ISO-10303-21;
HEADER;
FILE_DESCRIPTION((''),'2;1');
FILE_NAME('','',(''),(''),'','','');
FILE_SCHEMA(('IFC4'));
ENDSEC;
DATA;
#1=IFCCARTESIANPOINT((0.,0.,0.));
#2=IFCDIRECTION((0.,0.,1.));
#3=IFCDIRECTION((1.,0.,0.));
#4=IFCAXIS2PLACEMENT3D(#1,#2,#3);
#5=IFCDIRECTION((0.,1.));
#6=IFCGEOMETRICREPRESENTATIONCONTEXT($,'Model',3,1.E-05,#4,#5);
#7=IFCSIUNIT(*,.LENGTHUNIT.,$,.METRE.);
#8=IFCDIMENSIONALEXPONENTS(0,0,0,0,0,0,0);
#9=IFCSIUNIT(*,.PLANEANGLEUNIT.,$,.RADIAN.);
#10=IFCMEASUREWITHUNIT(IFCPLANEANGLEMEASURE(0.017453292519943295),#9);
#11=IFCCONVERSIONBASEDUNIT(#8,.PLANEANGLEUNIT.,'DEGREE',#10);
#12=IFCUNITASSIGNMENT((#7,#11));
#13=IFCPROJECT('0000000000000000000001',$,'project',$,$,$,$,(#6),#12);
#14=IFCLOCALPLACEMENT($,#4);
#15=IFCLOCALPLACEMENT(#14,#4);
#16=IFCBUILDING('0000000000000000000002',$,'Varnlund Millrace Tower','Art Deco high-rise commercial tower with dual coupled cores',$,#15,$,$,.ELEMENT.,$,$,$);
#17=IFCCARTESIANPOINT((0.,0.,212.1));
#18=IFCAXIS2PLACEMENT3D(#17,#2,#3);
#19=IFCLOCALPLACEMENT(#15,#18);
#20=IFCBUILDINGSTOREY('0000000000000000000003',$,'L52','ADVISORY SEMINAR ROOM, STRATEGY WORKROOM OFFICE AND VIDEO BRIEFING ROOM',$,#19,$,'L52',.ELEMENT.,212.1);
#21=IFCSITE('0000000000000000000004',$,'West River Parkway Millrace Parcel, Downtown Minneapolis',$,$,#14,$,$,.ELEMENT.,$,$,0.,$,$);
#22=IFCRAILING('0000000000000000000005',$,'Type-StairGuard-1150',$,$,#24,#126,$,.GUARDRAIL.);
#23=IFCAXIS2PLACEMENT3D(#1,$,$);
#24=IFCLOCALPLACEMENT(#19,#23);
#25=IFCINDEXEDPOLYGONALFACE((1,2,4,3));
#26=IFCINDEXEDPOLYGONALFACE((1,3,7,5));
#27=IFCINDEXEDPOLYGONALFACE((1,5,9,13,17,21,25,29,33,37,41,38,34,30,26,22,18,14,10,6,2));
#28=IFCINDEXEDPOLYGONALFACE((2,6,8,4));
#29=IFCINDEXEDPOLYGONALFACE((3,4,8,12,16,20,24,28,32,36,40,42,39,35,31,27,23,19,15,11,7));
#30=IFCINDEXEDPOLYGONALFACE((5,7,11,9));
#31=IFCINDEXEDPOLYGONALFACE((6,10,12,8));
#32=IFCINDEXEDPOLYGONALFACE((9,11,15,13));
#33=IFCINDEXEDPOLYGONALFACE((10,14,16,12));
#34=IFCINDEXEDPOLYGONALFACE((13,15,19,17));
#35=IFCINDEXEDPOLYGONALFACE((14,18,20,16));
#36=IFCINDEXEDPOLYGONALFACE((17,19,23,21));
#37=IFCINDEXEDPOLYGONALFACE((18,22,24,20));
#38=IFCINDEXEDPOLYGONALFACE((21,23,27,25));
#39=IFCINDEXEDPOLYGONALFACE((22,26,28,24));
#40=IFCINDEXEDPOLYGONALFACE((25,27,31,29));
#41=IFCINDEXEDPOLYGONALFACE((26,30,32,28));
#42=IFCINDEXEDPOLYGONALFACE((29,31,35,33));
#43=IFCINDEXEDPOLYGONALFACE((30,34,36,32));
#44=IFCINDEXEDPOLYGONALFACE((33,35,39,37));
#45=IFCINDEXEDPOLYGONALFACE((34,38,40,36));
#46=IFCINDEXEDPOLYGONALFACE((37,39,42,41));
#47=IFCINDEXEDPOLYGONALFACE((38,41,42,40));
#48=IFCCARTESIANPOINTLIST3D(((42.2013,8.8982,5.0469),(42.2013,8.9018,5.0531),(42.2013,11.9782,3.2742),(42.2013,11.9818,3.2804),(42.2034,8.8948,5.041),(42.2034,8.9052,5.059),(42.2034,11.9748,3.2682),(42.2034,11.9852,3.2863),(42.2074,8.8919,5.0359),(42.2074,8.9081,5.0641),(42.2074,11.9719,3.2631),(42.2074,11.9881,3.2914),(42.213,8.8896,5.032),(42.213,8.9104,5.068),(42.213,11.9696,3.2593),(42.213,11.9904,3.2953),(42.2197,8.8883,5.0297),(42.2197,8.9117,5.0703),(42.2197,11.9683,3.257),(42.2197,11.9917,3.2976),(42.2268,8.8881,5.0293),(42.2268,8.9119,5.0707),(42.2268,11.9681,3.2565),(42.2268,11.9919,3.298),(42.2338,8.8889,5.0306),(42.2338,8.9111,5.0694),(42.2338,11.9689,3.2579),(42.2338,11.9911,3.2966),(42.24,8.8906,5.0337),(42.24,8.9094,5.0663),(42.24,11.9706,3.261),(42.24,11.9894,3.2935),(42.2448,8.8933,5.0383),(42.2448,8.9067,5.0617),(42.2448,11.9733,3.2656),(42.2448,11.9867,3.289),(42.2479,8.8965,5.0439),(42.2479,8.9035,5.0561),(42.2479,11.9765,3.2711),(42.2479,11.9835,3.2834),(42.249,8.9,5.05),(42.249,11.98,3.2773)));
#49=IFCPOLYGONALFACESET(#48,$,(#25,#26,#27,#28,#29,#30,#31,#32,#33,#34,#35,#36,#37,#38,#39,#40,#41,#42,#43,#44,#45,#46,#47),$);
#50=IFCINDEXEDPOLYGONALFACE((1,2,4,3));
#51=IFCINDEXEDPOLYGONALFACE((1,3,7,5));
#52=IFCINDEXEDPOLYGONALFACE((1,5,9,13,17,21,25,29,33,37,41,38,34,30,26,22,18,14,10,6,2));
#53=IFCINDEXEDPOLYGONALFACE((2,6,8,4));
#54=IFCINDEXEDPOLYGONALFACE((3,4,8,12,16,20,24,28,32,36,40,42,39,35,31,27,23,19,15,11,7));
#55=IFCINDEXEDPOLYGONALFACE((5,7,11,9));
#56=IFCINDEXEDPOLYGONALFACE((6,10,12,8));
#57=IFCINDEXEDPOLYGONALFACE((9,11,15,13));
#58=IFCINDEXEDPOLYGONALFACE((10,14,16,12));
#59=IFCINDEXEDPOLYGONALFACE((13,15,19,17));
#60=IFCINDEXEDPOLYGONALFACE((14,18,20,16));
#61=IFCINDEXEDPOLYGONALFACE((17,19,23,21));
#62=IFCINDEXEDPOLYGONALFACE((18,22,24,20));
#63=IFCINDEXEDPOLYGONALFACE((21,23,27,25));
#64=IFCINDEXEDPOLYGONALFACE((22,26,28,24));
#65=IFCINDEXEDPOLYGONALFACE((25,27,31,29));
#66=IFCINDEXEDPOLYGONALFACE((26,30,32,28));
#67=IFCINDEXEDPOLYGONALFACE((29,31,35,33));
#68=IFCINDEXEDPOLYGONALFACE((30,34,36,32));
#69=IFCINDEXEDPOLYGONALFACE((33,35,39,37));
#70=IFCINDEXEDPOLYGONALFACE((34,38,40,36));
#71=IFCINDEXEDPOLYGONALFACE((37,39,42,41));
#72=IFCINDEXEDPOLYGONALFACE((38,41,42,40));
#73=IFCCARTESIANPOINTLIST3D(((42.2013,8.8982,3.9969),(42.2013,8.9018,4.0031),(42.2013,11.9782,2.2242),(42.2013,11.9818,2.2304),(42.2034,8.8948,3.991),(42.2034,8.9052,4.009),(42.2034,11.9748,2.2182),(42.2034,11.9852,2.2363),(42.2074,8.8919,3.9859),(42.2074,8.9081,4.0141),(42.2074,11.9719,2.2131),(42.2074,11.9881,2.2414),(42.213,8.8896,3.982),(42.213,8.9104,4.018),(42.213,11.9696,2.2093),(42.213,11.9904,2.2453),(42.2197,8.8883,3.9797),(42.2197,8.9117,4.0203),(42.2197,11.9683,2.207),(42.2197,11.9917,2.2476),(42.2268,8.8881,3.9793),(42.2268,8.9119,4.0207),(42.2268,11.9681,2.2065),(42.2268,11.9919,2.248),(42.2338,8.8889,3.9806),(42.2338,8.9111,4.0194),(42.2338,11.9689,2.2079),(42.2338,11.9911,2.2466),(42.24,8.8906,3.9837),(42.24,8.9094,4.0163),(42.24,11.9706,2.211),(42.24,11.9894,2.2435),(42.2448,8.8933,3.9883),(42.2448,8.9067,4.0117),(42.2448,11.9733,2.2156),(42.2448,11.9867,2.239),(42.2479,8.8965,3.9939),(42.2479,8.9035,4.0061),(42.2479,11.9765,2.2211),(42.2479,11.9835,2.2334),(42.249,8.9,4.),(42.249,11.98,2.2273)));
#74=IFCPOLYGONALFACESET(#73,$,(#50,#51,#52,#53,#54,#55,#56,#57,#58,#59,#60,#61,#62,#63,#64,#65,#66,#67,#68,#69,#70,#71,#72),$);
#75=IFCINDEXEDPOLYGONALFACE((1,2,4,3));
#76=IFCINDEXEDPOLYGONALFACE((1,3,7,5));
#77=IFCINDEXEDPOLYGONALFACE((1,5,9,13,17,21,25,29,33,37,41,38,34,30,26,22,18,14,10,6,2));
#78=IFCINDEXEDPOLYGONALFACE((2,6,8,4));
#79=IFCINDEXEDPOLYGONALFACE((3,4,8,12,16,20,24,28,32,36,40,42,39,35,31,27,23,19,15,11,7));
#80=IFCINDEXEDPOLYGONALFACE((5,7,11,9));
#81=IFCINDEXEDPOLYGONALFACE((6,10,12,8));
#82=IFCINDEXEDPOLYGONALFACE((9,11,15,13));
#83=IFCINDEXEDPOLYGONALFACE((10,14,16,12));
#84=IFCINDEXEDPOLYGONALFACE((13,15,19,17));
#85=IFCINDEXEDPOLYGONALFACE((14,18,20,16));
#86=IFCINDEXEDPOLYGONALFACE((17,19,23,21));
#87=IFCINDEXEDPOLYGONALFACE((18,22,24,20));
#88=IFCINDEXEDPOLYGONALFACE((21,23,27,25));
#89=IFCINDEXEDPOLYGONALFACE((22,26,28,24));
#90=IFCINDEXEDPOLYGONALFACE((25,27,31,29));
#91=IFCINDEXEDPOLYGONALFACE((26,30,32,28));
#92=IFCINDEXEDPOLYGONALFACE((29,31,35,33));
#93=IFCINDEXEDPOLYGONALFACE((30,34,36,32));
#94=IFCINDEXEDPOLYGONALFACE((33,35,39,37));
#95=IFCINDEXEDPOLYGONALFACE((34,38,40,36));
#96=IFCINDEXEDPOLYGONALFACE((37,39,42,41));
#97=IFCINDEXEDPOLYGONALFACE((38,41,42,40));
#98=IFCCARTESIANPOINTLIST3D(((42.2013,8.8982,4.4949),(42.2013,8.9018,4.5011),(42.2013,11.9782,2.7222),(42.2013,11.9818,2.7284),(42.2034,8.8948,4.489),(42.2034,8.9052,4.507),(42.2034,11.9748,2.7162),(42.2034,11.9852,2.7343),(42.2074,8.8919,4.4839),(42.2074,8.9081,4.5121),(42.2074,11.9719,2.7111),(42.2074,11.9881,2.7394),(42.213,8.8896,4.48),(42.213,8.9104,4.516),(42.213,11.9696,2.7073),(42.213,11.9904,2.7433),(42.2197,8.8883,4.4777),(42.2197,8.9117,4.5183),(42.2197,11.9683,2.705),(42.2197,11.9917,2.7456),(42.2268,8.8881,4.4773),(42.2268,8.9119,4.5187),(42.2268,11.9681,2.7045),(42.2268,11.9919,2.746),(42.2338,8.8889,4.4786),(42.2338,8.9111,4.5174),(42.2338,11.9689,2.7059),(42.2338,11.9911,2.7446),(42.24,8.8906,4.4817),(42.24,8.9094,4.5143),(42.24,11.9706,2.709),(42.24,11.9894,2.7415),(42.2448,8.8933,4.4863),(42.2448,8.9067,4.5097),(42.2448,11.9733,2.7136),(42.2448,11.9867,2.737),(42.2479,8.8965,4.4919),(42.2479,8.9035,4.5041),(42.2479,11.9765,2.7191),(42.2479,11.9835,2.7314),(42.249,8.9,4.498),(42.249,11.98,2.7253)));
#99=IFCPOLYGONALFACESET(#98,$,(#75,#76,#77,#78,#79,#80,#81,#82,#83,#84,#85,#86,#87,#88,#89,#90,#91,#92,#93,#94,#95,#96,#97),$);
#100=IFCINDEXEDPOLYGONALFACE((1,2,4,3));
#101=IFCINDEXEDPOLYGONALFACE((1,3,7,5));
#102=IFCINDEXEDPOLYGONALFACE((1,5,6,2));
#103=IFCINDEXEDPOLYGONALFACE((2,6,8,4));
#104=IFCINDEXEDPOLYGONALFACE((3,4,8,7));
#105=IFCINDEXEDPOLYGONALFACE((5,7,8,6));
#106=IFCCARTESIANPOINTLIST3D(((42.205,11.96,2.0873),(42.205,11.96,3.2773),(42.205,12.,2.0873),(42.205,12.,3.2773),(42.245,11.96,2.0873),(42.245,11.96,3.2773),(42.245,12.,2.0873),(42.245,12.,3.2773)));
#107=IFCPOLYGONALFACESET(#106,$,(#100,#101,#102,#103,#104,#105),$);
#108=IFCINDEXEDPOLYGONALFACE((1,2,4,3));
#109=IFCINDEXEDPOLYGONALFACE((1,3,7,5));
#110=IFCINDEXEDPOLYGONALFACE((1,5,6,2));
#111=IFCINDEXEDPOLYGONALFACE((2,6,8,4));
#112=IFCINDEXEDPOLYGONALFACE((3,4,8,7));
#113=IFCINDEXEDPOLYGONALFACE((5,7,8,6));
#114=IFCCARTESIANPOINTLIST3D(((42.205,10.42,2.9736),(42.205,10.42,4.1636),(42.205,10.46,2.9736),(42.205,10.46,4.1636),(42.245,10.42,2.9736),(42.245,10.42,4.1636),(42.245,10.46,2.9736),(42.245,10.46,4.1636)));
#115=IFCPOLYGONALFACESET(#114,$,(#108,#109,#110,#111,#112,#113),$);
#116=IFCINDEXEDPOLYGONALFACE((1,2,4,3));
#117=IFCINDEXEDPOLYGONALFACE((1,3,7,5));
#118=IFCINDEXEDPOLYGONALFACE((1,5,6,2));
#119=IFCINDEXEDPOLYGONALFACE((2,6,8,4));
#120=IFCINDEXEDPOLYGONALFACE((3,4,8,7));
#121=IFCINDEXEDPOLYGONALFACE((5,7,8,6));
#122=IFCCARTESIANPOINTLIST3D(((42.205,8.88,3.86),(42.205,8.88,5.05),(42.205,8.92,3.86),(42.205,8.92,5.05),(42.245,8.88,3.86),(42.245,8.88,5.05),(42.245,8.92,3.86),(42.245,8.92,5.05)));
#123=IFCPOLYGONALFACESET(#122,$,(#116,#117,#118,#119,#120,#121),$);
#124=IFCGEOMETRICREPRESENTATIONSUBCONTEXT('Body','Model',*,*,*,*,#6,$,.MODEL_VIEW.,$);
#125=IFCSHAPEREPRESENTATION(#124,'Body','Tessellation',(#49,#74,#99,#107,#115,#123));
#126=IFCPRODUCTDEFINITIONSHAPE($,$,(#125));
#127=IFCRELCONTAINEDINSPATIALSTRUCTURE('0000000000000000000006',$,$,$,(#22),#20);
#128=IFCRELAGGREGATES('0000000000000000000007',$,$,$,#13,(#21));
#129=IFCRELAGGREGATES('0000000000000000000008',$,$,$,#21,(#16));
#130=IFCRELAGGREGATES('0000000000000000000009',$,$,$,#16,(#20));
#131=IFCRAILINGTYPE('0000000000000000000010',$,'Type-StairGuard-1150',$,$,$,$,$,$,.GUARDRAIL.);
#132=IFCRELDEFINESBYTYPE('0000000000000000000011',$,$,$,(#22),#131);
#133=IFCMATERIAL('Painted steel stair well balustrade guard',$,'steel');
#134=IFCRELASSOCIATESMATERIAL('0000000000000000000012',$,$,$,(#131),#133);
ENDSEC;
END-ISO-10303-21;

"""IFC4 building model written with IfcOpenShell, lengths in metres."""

from ifc_helpers import new_model, entity, si_unit, converted_unit, direction, frame, origin_with_axes, origin_2d_with_axis, place, context, subcontext, project, spatial, rectangle, circle, extrude, material, type_object, element, save


model = new_model("IFC4")

# Units and contexts
model_context = context("Model", 3, precision=1e-05, world=origin_with_axes(), true_north=direction((0.0, 1.0)))
body_context = subcontext(model_context, "Body", "Model", "MODEL_VIEW")
ifc_project = project(units=[si_unit("LENGTHUNIT", "METRE"), converted_unit("PLANEANGLEUNIT", "DEGREE", entity("IfcPlaneAngleMeasure", 0.017453292519943295), si_unit("PLANEANGLEUNIT", "RADIAN"), dimensions=[0, 0, 0, 0, 0, 0, 0])], contexts=[model_context])

# Site, building, storey
site_placement = place(None, origin_with_axes())
site = spatial("IfcSite", under=ifc_project, at=site_placement, Name="West River Parkway Millrace Parcel, Downtown Minneapolis", CompositionType="ELEMENT", RefElevation=0.0)
building_placement = place(site_placement, origin_with_axes())
building = spatial("IfcBuilding", under=site, at=building_placement, Name="Varnlund Millrace Tower", Description="Art Deco high-rise commercial tower with dual coupled cores", CompositionType="ELEMENT")
storey_placement = place(building_placement, frame((0.0, 0.0, 212.1), z_axis=(0.0, 0.0, 1.0), x_axis=(1.0, 0.0, 0.0)))
storey = spatial("IfcBuildingStorey", under=building, at=storey_placement, Name="L52", Description="ADVISORY SEMINAR ROOM, STRATEGY WORKROOM OFFICE AND VIDEO BRIEFING ROOM", LongName="L52", CompositionType="ELEMENT", Elevation=212.1)

# Railing
ifc_material_1 = material(Name="Painted steel stair well balustrade guard", Category="steel")
railing_type_1 = type_object("IfcRailingType", Name="Type-StairGuard-1150", PredefinedType="GUARDRAIL", material=ifc_material_1)
railing_1_placement = place(storey_placement, frame((0.0, 0.0, -212.1), z_axis=(0.0, 0.0, 1.0), x_axis=(1.0, 0.0, 0.0)))
element("IfcRailing", 1, at=railing_1_placement, inside=storey, type_object=railing_type_1, Name="Type-StairGuard-1150", PredefinedType="GUARDRAIL", context=body_context, shape_type="SweptSolid", body=[
    extrude(circle(Radius=0.024, at=origin_2d_with_axis()), frame((42.225, 11.98, 215.3773), z_axis=(0.0, -0.866696, 0.498836), x_axis=(1.0, 0.0, 0.0)), (0.0, 0.0, 1.0), 3.5537),
    extrude(circle(Radius=0.024, at=origin_2d_with_axis()), frame((42.225, 11.98, 214.3273), z_axis=(0.0, -0.866696, 0.498836), x_axis=(1.0, 0.0, 0.0)), (0.0, 0.0, 1.0), 3.5537),
    extrude(circle(Radius=0.024, at=origin_2d_with_axis()), frame((42.225, 11.98, 214.8253), z_axis=(0.0, -0.866696, 0.498836), x_axis=(1.0, 0.0, 0.0)), (0.0, 0.0, 1.0), 3.5537),
    extrude(rectangle(XDim=0.04, YDim=0.04, at=origin_2d_with_axis()), frame((42.225, 11.98, 214.1873), z_axis=(0.0, 0.0, 1.0), x_axis=(1.0, 0.0, 0.0)), (0.0, 0.0, 1.0), 1.19),
    extrude(rectangle(XDim=0.04, YDim=0.04, at=origin_2d_with_axis()), frame((42.225, 10.44, 215.0736), z_axis=(0.0, 0.0, 1.0), x_axis=(1.0, 0.0, 0.0)), (0.0, 0.0, 1.0), 1.19),
    extrude(rectangle(XDim=0.04, YDim=0.04, at=origin_2d_with_axis()), frame((42.225, 8.9, 215.96), z_axis=(0.0, 0.0, 1.0), x_axis=(1.0, 0.0, 0.0)), (0.0, 0.0, 1.0), 1.19),
])

save(model, "model.ifc")
